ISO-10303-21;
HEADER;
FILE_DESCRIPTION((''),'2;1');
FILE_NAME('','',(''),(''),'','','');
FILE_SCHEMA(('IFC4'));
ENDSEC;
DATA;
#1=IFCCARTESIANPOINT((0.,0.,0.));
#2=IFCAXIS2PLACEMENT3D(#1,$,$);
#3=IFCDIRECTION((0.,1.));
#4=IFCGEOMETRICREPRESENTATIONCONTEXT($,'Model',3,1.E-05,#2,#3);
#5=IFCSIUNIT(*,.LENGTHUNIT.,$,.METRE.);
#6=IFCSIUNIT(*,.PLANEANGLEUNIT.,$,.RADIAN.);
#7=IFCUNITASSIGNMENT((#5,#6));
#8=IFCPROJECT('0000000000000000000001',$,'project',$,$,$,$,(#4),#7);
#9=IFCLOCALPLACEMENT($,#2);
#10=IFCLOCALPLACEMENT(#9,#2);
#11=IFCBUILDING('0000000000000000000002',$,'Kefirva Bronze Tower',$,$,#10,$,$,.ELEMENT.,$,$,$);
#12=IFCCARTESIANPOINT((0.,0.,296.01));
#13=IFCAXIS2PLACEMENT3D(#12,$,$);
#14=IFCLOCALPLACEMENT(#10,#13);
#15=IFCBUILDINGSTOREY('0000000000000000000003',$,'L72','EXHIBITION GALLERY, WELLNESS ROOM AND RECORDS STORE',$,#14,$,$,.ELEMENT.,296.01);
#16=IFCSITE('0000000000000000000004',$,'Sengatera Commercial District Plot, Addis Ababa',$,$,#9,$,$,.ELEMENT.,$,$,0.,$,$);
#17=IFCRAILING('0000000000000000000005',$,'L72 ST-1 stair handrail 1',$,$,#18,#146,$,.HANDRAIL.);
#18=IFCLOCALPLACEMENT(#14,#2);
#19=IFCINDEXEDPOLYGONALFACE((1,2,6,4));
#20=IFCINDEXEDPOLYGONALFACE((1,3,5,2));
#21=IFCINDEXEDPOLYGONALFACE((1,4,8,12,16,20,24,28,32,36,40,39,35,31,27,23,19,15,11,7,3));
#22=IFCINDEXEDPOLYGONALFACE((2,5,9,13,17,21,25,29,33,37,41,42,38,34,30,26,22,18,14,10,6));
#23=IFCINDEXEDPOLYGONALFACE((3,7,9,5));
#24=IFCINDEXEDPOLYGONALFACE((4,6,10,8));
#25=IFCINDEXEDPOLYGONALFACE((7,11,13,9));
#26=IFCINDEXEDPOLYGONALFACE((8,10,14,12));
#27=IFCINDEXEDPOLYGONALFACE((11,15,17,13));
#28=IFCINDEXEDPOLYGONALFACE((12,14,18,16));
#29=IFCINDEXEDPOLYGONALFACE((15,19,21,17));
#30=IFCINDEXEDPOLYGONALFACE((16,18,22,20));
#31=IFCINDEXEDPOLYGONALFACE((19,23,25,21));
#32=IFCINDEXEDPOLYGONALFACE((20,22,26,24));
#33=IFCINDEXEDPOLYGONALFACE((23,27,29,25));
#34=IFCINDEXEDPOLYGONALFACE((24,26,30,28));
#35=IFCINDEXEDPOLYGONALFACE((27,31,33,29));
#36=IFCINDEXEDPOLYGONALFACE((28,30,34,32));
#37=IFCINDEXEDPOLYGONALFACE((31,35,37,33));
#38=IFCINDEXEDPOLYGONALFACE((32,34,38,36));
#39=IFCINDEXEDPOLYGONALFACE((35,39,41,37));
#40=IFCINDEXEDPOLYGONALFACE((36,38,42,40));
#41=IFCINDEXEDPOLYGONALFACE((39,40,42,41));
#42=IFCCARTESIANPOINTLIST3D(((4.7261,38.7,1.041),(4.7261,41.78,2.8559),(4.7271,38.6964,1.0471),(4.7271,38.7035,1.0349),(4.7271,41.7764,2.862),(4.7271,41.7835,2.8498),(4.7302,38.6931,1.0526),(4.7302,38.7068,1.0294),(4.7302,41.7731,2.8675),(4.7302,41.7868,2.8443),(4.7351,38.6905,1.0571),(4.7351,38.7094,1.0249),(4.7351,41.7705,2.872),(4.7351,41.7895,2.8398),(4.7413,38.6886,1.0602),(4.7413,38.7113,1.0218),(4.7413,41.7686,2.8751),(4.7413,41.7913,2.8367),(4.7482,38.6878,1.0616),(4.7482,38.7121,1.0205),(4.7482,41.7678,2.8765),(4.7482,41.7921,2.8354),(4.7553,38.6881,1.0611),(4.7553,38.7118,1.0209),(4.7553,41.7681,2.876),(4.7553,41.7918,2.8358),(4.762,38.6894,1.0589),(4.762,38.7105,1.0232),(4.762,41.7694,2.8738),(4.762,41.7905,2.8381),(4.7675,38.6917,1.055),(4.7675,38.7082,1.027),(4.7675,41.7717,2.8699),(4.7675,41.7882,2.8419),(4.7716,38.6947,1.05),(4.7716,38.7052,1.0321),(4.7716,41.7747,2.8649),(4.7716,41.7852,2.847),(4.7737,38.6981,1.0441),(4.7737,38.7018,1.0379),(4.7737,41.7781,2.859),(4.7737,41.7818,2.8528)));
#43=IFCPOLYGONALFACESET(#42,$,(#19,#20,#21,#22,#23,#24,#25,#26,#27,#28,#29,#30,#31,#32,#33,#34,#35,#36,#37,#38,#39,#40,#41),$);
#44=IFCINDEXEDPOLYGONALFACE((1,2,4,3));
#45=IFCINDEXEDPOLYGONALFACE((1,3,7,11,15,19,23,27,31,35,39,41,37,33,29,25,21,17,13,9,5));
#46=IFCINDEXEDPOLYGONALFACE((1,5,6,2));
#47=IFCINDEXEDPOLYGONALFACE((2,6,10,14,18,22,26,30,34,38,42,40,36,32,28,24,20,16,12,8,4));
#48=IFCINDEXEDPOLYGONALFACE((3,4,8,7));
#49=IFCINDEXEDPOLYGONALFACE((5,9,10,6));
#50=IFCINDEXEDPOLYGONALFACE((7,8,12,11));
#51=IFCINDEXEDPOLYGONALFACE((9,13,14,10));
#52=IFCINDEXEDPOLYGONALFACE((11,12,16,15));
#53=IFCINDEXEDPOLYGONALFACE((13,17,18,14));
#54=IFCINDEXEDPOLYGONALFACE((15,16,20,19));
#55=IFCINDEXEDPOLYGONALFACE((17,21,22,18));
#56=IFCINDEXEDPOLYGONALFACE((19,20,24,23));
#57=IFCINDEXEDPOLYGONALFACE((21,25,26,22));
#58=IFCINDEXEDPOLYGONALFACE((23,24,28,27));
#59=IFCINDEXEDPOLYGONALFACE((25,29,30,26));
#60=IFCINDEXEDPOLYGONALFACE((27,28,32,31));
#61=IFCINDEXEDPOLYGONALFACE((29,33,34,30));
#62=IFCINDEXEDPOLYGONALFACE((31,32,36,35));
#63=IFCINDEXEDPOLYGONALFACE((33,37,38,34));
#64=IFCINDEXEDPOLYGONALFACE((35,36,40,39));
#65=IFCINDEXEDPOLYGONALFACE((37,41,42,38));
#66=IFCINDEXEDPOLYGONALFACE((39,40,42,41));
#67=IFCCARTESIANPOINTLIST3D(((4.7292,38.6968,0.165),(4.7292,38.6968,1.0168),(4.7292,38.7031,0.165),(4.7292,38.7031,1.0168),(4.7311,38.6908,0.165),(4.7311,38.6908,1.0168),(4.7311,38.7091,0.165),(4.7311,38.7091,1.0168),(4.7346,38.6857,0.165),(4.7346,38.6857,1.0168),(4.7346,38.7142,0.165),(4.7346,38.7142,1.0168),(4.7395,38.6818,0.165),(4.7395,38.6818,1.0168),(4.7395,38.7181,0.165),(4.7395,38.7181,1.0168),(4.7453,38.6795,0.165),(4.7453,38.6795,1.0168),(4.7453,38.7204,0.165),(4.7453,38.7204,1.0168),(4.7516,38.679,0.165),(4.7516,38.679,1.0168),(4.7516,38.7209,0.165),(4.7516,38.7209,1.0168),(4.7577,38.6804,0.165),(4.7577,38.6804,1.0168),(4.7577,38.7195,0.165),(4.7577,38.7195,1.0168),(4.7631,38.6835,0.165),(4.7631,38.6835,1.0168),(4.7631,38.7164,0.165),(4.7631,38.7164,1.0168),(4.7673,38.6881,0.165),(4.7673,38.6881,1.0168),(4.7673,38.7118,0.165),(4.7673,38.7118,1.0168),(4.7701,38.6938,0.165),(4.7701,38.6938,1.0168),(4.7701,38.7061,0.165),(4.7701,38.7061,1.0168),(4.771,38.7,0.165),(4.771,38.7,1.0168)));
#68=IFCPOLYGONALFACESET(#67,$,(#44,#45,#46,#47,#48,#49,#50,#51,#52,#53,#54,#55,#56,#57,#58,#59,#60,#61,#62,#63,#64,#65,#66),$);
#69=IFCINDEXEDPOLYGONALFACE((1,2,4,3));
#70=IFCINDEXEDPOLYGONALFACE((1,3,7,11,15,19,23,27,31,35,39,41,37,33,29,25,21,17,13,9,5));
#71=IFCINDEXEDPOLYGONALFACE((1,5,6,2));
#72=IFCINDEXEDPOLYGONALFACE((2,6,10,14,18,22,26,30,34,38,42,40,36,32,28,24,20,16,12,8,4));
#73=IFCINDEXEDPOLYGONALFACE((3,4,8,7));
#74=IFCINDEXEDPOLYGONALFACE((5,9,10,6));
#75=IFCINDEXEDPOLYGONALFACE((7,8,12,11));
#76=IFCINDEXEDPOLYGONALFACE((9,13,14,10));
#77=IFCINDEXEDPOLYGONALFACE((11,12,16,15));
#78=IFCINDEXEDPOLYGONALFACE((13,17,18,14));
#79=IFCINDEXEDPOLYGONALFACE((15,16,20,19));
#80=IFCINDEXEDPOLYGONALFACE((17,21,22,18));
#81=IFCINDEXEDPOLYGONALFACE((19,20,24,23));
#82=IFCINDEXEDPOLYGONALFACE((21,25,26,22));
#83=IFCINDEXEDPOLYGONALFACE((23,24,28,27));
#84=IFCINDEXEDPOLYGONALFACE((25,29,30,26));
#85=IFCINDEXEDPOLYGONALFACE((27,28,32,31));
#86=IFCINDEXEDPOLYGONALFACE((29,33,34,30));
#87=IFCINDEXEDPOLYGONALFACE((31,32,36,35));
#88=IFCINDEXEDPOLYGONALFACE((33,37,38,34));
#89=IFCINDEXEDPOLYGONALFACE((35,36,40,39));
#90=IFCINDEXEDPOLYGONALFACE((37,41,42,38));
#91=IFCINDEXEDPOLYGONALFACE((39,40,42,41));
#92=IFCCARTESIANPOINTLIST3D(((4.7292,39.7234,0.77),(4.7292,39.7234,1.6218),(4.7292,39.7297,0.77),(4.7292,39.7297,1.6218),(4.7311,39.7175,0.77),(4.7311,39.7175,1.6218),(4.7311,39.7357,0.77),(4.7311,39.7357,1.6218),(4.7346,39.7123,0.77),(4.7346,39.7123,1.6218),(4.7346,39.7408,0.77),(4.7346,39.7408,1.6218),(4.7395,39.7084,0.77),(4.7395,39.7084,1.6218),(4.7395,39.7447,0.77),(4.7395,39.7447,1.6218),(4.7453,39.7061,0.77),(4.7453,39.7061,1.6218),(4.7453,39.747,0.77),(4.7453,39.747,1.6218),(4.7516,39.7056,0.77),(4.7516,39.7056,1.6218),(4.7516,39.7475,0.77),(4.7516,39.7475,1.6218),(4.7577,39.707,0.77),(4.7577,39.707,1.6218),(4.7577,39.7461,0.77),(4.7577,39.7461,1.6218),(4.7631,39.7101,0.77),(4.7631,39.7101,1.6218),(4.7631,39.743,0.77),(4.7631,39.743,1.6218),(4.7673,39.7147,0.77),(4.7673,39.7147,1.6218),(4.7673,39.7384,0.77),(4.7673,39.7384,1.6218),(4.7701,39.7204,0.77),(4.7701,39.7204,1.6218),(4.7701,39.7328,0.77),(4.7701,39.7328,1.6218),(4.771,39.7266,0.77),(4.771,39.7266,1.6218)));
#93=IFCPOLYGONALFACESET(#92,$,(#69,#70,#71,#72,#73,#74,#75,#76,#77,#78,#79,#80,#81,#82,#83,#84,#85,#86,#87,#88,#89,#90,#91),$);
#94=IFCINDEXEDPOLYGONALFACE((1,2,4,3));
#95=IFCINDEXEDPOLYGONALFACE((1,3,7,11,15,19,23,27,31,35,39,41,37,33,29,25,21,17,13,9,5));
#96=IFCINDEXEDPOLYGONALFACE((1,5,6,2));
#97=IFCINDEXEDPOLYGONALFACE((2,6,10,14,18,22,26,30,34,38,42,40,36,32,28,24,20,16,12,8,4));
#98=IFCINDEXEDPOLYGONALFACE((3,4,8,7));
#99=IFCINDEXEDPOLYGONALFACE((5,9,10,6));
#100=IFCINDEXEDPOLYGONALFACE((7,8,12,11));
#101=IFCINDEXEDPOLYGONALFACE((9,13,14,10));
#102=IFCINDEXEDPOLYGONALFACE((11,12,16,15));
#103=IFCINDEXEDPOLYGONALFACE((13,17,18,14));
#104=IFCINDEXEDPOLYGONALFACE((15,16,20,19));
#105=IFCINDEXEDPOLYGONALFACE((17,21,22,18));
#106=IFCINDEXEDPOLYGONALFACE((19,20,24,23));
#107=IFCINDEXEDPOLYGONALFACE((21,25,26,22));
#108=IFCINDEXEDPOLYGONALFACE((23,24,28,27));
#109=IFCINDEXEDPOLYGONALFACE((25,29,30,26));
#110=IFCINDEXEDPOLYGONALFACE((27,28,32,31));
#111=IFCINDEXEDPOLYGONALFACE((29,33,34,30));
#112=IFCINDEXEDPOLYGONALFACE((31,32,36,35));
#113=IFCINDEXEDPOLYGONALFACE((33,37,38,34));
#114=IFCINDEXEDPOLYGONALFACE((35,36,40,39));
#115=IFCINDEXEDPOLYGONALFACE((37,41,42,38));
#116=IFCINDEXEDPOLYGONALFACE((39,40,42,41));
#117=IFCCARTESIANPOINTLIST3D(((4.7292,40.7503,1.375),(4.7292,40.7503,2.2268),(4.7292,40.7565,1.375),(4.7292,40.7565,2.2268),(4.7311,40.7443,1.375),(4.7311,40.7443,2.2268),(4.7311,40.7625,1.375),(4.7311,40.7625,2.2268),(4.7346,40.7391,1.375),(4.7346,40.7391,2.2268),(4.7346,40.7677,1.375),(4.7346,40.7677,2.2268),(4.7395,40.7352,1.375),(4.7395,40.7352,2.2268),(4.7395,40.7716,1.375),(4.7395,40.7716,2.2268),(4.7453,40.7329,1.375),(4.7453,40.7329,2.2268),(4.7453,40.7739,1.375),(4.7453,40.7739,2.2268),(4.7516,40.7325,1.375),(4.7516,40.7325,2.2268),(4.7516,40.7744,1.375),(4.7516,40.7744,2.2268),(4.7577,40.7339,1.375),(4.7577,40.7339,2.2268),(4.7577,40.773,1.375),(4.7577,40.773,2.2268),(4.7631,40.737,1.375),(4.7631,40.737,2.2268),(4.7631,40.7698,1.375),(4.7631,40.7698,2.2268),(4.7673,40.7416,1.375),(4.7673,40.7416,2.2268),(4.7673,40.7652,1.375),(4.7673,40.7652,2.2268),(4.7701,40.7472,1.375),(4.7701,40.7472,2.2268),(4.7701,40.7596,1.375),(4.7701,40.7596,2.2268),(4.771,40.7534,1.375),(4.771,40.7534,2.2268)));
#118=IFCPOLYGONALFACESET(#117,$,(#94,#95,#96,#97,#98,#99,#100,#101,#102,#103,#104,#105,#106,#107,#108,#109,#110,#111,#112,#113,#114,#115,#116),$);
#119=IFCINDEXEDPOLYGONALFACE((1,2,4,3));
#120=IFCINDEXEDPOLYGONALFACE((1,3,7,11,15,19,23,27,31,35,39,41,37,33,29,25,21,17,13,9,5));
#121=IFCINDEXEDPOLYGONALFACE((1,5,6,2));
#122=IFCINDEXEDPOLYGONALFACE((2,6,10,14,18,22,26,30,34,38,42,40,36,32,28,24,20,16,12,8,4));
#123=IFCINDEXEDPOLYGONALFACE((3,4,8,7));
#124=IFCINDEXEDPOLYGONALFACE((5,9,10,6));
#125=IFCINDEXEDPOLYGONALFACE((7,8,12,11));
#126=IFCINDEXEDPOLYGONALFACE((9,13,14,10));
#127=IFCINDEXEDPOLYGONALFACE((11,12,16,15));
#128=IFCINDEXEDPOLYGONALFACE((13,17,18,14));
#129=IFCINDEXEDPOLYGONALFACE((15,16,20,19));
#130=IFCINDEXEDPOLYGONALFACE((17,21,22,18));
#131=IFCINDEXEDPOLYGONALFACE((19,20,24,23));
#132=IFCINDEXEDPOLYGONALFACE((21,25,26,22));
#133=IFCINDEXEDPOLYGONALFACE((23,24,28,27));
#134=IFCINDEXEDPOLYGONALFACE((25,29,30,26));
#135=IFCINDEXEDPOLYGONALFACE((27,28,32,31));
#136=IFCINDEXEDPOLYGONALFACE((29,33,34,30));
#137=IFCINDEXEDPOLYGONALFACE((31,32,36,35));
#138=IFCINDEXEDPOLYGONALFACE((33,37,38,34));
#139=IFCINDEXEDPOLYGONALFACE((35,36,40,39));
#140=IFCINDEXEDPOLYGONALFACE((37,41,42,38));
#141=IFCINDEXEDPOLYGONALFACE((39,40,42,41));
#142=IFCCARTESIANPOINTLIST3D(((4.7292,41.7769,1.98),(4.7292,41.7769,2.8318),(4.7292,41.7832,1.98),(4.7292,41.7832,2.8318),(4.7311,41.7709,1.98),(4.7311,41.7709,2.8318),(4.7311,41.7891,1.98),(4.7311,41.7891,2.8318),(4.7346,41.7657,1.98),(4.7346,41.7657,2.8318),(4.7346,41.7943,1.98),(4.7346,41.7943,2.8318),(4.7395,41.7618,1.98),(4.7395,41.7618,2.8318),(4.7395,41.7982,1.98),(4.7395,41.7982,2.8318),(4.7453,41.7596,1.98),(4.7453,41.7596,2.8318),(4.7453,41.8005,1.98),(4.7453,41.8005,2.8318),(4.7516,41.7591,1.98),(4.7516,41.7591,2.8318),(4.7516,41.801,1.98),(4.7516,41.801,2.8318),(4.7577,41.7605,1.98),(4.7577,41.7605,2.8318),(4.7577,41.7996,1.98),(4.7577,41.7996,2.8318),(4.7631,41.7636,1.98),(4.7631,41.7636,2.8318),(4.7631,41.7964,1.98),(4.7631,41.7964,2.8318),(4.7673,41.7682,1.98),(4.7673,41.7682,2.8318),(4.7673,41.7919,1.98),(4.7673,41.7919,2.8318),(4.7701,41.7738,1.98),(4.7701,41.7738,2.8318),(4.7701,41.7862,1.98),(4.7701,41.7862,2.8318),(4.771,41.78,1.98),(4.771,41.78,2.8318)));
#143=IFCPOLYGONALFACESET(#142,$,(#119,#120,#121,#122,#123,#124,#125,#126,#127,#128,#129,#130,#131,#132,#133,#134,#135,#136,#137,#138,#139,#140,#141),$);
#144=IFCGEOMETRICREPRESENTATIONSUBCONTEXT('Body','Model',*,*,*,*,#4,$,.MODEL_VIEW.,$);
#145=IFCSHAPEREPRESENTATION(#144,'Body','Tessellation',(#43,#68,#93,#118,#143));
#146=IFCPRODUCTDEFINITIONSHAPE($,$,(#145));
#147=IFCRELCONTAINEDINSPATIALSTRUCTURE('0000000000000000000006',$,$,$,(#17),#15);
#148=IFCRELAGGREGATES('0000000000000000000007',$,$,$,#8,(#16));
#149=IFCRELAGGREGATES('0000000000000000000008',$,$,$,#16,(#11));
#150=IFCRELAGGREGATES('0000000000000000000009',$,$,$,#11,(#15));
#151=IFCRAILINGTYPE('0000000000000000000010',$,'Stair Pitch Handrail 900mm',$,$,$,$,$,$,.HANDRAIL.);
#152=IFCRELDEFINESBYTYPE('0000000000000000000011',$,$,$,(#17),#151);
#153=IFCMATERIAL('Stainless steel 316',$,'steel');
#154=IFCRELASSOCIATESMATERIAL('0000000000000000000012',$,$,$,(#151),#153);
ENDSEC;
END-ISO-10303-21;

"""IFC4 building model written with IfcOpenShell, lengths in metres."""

from ifc_helpers import new_model, si_unit, direction, frame, origin, origin_2d, place, context, subcontext, project, spatial, circle, extrude, material, type_object, element, save


model = new_model("IFC4")

# Units and contexts
model_context = context("Model", 3, precision=1e-05, world=origin(), true_north=direction((0.0, 1.0)))
body_context = subcontext(model_context, "Body", "Model", "MODEL_VIEW")
ifc_project = project(units=[si_unit("LENGTHUNIT", "METRE"), si_unit("PLANEANGLEUNIT", "RADIAN")], contexts=[model_context])

# Site, building, storey
site_placement = place(None, origin())
site = spatial("IfcSite", under=ifc_project, at=site_placement, Name="Sengatera Commercial District Plot, Addis Ababa", CompositionType="ELEMENT", RefElevation=0.0)
building_placement = place(site_placement, origin())
building = spatial("IfcBuilding", under=site, at=building_placement, Name="Kefirva Bronze Tower", CompositionType="ELEMENT")
storey_placement = place(building_placement, frame((0.0, 0.0, 296.01)))
storey = spatial("IfcBuildingStorey", under=building, at=storey_placement, Name="L72", Description="EXHIBITION GALLERY, WELLNESS ROOM AND RECORDS STORE", CompositionType="ELEMENT", Elevation=296.01)

# Railing
ifc_material_1 = material(Name="Stainless steel 316", Category="steel")
railing_type_1 = type_object("IfcRailingType", Name="Stair Pitch Handrail 900mm", PredefinedType="HANDRAIL", material=ifc_material_1)
railing_1_placement = place(storey_placement, frame((4.75, 38.7, 0.165)))
element("IfcRailing", 1, at=railing_1_placement, inside=storey, type_object=railing_type_1, Name="L72 ST-1 stair handrail 1", PredefinedType="HANDRAIL", context=body_context, shape_type="SweptSolid", body=[
    extrude(circle(Radius=0.0239, at=origin_2d()), frame((0.0, 0.0, 0.876), z_axis=(0.0, 0.861551, 0.507671), x_axis=(-1.0, 0.0, 0.0)), (0.0, 0.0, 1.0), 3.575),
    extrude(circle(Radius=0.021, at=origin_2d()), origin(), (0.0, 0.0, 1.0), 0.8518),
    extrude(circle(Radius=0.021, at=origin_2d()), frame((0.0, 1.0266, 0.605)), (0.0, 0.0, 1.0), 0.8518),
    extrude(circle(Radius=0.021, at=origin_2d()), frame((0.0, 2.0535, 1.21)), (0.0, 0.0, 1.0), 0.8518),
    extrude(circle(Radius=0.021, at=origin_2d()), frame((0.0, 3.0801, 1.8149)), (0.0, 0.0, 1.0), 0.8518),
])

save(model, "model.ifc")
